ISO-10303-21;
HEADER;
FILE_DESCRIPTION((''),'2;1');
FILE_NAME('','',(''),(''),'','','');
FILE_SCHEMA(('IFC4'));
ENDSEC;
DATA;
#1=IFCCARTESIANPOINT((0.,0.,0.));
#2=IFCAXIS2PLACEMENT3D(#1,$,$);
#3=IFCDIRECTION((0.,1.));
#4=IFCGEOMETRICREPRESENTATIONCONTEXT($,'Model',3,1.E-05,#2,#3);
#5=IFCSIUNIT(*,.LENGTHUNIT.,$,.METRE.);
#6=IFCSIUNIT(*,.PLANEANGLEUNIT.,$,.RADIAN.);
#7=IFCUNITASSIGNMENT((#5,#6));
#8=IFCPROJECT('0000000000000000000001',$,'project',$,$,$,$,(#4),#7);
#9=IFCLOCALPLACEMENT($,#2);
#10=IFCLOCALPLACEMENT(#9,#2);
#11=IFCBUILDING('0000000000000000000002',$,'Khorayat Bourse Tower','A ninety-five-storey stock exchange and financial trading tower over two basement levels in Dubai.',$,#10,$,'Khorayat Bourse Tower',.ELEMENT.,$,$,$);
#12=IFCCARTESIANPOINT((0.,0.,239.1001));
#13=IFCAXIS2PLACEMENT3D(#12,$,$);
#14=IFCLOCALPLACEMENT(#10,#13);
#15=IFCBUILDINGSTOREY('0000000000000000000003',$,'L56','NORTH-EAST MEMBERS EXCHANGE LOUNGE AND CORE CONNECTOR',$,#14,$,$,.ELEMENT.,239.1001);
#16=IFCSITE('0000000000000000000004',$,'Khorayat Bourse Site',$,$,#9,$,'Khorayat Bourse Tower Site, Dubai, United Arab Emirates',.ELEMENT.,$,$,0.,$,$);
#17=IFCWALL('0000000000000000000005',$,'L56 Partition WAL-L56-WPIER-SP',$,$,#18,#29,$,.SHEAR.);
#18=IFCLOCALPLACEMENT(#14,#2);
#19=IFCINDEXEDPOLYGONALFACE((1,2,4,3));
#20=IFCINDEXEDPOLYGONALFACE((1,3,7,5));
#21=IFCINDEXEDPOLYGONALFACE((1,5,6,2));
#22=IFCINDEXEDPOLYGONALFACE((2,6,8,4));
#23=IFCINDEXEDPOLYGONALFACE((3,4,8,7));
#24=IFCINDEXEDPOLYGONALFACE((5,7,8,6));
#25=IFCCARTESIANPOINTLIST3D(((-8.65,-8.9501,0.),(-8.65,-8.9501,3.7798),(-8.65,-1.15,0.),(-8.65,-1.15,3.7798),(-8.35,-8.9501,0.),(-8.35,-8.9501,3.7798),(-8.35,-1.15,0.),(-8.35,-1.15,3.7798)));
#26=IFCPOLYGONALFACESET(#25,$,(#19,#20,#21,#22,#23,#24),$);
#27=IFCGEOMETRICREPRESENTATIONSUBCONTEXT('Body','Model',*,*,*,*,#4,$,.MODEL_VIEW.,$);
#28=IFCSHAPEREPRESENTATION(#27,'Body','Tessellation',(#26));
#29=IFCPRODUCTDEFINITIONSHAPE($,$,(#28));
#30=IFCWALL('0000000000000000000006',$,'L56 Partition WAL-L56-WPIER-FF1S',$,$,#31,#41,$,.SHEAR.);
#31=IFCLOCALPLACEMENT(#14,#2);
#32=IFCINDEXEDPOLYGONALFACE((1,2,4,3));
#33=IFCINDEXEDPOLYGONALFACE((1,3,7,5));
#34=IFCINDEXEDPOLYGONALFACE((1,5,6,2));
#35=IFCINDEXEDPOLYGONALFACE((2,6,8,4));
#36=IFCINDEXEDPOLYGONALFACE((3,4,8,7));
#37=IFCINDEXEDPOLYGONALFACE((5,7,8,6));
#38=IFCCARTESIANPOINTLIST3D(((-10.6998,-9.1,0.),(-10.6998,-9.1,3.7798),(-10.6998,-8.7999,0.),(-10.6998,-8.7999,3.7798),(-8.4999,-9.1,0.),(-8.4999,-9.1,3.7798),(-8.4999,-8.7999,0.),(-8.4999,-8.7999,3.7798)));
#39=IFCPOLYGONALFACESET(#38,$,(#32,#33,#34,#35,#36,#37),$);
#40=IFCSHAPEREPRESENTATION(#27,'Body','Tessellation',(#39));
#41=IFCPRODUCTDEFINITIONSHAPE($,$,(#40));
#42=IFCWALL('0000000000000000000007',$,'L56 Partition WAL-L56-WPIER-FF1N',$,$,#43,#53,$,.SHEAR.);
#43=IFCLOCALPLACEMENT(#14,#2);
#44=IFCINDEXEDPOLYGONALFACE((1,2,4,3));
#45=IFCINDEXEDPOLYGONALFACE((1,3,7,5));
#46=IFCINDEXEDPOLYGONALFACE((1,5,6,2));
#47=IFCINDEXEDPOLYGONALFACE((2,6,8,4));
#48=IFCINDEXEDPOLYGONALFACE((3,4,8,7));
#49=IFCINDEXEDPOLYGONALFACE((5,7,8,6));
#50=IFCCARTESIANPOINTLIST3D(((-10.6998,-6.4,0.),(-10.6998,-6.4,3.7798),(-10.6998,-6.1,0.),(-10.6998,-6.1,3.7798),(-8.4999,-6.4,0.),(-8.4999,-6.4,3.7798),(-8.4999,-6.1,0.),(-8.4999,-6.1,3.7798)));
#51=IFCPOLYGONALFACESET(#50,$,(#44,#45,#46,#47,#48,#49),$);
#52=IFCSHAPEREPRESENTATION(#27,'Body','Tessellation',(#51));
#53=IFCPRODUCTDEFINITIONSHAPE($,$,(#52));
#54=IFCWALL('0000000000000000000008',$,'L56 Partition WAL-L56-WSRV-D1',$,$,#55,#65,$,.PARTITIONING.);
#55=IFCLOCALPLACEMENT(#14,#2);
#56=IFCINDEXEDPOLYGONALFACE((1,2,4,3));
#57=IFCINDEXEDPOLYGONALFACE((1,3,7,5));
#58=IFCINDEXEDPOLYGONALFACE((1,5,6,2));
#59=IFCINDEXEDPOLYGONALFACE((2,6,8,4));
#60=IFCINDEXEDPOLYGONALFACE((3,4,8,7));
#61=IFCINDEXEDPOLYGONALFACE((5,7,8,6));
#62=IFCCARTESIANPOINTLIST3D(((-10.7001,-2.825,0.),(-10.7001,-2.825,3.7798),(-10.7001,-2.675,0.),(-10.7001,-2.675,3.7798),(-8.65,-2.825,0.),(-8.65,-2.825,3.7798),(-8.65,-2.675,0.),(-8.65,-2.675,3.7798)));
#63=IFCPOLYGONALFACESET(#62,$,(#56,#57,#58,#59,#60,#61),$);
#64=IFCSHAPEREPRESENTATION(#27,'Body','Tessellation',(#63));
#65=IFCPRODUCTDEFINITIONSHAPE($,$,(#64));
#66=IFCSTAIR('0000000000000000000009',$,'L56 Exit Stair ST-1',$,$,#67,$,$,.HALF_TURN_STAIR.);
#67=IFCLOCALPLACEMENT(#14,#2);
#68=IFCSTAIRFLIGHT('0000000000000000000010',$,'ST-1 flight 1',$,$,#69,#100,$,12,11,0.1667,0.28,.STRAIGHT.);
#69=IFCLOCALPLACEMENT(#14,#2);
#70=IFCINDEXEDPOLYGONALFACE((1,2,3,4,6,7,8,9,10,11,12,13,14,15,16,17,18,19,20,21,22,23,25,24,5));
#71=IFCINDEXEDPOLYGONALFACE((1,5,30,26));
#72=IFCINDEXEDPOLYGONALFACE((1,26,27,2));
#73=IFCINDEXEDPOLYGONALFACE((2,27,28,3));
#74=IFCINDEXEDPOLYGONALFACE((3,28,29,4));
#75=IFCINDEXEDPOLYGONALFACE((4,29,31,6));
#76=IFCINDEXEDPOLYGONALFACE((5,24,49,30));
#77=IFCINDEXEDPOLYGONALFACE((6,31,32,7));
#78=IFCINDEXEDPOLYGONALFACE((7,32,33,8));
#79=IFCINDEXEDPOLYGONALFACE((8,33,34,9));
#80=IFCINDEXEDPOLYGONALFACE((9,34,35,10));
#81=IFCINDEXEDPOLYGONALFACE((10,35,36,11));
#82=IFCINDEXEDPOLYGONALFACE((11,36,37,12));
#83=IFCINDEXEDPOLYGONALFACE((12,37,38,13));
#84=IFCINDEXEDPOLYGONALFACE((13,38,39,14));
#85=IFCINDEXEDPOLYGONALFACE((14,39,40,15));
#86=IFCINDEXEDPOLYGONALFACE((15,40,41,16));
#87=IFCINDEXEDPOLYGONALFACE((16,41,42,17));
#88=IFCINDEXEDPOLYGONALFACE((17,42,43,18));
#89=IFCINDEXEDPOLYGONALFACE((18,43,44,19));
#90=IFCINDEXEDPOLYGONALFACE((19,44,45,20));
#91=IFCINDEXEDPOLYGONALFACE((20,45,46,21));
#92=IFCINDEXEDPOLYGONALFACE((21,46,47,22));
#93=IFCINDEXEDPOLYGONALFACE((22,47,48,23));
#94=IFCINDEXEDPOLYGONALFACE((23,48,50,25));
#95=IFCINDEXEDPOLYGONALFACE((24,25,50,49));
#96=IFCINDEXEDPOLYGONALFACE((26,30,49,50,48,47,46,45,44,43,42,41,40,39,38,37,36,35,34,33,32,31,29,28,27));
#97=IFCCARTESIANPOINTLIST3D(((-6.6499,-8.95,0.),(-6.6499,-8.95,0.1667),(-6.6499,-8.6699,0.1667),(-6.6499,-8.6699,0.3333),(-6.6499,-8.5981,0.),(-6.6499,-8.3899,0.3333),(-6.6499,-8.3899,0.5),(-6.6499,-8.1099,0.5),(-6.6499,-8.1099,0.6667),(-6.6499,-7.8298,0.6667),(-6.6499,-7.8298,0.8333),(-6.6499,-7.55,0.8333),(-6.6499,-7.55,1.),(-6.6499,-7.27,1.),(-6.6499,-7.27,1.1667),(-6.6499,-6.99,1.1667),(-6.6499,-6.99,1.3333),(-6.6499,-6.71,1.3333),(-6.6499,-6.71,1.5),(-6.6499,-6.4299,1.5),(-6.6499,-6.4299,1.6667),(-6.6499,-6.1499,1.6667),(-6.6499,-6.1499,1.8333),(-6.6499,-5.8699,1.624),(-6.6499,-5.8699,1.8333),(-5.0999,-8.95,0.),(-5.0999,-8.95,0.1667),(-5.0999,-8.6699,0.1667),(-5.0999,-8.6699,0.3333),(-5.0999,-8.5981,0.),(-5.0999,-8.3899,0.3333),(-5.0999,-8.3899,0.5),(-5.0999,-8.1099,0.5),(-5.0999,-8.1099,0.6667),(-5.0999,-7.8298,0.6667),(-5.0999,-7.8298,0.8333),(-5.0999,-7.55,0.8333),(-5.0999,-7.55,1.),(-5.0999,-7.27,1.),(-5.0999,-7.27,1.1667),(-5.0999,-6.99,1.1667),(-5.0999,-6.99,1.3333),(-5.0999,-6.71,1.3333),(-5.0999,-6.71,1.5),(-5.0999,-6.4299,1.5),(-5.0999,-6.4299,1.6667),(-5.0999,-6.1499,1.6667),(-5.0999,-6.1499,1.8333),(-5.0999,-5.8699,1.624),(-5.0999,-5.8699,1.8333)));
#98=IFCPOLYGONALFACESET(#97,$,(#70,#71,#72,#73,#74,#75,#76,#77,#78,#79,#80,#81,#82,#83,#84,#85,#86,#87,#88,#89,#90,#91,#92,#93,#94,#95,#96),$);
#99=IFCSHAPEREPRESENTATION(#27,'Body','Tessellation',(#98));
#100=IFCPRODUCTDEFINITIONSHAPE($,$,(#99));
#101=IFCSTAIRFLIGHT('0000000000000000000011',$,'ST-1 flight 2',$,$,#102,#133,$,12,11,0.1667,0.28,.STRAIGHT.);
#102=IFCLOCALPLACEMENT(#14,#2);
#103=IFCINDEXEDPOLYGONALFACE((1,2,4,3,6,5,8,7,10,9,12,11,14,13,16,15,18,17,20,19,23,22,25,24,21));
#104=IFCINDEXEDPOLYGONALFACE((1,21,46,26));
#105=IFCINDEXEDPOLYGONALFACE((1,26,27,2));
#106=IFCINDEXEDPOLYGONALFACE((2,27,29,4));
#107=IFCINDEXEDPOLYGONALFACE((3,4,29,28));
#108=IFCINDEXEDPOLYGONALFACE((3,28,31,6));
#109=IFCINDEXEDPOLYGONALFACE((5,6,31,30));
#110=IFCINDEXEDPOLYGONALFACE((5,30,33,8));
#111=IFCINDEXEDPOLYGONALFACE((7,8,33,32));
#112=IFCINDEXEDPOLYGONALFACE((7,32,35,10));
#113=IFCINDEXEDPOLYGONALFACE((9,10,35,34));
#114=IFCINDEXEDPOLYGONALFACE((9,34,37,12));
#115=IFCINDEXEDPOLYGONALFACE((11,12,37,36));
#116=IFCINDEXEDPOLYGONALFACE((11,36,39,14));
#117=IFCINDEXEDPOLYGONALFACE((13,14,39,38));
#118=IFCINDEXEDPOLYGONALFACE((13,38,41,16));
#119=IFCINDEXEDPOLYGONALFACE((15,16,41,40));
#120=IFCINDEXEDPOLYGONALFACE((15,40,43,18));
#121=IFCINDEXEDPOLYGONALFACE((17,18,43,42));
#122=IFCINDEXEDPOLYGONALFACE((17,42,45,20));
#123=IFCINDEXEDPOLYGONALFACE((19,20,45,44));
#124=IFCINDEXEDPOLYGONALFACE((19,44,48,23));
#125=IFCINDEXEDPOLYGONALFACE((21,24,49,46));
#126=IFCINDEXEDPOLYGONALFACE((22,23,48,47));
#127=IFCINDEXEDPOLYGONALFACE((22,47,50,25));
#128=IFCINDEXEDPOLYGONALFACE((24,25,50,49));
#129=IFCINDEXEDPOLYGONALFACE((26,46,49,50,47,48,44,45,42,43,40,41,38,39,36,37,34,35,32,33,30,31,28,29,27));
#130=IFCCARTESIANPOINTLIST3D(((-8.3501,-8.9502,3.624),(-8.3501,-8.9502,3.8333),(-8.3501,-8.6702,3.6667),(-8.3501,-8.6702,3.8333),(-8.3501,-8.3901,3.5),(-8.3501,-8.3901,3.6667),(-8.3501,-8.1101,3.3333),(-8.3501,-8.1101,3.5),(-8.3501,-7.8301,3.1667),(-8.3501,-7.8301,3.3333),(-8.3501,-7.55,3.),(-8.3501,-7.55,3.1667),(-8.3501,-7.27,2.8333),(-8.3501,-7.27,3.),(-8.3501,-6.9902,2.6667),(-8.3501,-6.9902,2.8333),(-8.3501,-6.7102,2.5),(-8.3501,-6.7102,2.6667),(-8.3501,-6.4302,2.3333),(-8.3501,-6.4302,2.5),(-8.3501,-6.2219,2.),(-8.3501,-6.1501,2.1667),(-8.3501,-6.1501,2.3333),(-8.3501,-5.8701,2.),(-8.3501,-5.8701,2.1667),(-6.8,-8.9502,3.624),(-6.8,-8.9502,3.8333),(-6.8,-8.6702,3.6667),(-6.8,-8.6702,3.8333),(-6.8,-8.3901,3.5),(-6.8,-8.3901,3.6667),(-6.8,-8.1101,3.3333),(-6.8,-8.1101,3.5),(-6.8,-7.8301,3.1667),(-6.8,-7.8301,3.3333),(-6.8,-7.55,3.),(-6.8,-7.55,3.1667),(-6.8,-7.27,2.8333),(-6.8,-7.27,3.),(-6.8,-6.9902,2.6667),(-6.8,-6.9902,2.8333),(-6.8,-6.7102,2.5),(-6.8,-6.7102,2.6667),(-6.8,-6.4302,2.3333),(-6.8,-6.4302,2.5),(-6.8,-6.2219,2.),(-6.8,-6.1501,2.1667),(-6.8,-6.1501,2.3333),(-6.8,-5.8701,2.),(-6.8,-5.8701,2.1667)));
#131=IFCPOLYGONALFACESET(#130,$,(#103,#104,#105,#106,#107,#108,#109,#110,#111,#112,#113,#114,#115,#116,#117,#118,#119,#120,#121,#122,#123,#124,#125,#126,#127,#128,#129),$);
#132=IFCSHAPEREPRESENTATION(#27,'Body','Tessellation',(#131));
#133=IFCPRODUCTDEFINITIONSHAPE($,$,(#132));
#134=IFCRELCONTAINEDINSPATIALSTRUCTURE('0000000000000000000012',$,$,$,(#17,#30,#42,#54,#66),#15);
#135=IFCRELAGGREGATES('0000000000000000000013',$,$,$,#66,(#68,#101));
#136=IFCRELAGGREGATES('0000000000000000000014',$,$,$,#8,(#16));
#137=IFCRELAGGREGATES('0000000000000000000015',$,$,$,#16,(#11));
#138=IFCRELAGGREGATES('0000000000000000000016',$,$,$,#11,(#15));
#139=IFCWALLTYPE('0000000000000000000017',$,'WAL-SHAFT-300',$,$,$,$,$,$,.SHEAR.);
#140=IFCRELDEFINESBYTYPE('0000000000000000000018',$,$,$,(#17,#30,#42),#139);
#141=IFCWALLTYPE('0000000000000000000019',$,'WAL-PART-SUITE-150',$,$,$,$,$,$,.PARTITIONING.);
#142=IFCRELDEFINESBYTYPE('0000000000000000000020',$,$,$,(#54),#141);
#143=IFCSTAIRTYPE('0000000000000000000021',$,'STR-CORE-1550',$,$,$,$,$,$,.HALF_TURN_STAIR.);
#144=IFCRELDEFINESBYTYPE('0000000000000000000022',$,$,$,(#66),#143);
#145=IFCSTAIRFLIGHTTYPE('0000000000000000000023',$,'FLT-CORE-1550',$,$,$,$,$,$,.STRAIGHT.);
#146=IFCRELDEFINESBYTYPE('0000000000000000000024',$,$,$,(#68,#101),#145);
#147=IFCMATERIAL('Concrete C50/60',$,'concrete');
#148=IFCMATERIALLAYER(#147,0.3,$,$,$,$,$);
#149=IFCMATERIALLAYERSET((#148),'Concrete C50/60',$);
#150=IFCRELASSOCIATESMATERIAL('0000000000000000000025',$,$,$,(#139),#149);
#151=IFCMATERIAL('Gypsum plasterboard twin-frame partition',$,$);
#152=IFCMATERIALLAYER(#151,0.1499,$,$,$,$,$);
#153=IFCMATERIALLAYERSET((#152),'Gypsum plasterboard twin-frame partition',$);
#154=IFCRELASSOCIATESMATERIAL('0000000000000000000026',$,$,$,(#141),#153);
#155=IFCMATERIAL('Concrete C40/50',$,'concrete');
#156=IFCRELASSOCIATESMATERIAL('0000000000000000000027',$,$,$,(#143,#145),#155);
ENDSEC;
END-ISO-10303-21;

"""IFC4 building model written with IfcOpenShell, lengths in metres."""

from ifc_helpers import new_model, si_unit, direction, frame, frame_2d, origin, place, context, subcontext, project, spatial, polyline, rectangle, outline, extrude, source, transform, mapped, material, layer, layer_set, type_object, element, aggregate, save


model = new_model("IFC4")

# Units and contexts
model_context = context("Model", 3, precision=1e-05, world=origin(), true_north=direction((0.0, 1.0)))
body_context = subcontext(model_context, "Body", "Model", "MODEL_VIEW")
ifc_project = project(units=[si_unit("LENGTHUNIT", "METRE"), si_unit("PLANEANGLEUNIT", "RADIAN")], contexts=[model_context])

# Site, building, storey
site_placement = place(None, origin())
site = spatial("IfcSite", under=ifc_project, at=site_placement, Name="Khorayat Bourse Site", LongName="Khorayat Bourse Tower Site, Dubai, United Arab Emirates", CompositionType="ELEMENT", RefElevation=0.0)
building_placement = place(site_placement, origin())
building = spatial("IfcBuilding", under=site, at=building_placement, Name="Khorayat Bourse Tower", Description="A ninety-five-storey stock exchange and financial trading tower over two basement levels in Dubai.", LongName="Khorayat Bourse Tower", CompositionType="ELEMENT")
storey_placement = place(building_placement, frame((0.0, 0.0, 239.1001)))
storey = spatial("IfcBuildingStorey", under=building, at=storey_placement, Name="L56", Description="NORTH-EAST MEMBERS EXCHANGE LOUNGE AND CORE CONNECTOR", CompositionType="ELEMENT", Elevation=239.1001)

# Walls
ifc_material_1 = material(Name="Concrete C50/60", Category="concrete")
ifc_layer_1 = layer(ifc_material_1, 0.3)
ifc_layer_set_1 = layer_set([ifc_layer_1], Name="Concrete C50/60")
wall_type_1 = type_object("IfcWallType", Name="WAL-SHAFT-300", PredefinedType="SHEAR", material=ifc_layer_set_1)
shared_shape_1 = source(origin(), body_context, "Body", "SweptSolid", [
    extrude(rectangle(XDim=7.8, YDim=0.3, at=frame_2d((3.8999, 0.0))), origin(), (0.0, 0.0, 1.0), 3.7798),
])
wall_1_placement = place(storey_placement, frame((-8.5, -8.95, 0.0), z_axis=(0.0, 0.0, 1.0), x_axis=(0.0, 1.0, 0.0)))
element("IfcWall", 1, at=wall_1_placement, inside=storey, type_object=wall_type_1, Name="L56 Partition WAL-L56-WPIER-SP", PredefinedType="SHEAR", context=body_context, shape_type="MappedRepresentation", body=[
    mapped(shared_shape_1, transform((0.0, 0.0, 0.0), scale=1.0)),
])
shared_shape_2 = source(origin(), body_context, "Body", "SweptSolid", [
    extrude(rectangle(XDim=2.2, YDim=0.3, at=frame_2d((1.1001, 0.0))), origin(), (0.0, 0.0, 1.0), 3.7798),
])
for number, where, z_axis, x_axis, name in (
    (2, (-10.7, -8.95, 0.0), (0.0, 0.0, 1.0), (1.0, 0.0, 0.0), "L56 Partition WAL-L56-WPIER-FF1S"),
    (3, (-10.7, -6.25, 0.0), (0.0, 0.0, 1.0), (1.0, 0.0, 0.0), "L56 Partition WAL-L56-WPIER-FF1N"),
):
    element("IfcWall", number, at=place(storey_placement, frame(where, z_axis=z_axis, x_axis=x_axis)), inside=storey, type_object=wall_type_1, Name=name, PredefinedType="SHEAR", context=body_context, shape_type="MappedRepresentation", body=[
        mapped(shared_shape_2, transform((0.0, 0.0, 0.0), scale=1.0)),
    ])
ifc_material_2 = material(Name="Gypsum plasterboard twin-frame partition")
ifc_layer_2 = layer(ifc_material_2, 0.1499)
ifc_layer_set_2 = layer_set([ifc_layer_2], Name="Gypsum plasterboard twin-frame partition")
wall_type_2 = type_object("IfcWallType", Name="WAL-PART-SUITE-150", PredefinedType="PARTITIONING", material=ifc_layer_set_2)
shared_shape_3 = source(origin(), body_context, "Body", "SweptSolid", [
    extrude(rectangle(XDim=2.05, YDim=0.1499, at=frame_2d((1.0249, 0.0))), origin(), (0.0, 0.0, 1.0), 3.7798),
])
wall_2_placement = place(storey_placement, frame((-10.7, -2.75, 0.0), z_axis=(0.0, 0.0, 1.0), x_axis=(1.0, 0.0, 0.0)))
element("IfcWall", 4, at=wall_2_placement, inside=storey, type_object=wall_type_2, Name="L56 Partition WAL-L56-WSRV-D1", PredefinedType="PARTITIONING", context=body_context, shape_type="MappedRepresentation", body=[
    mapped(shared_shape_3, transform((0.0, 0.0, 0.0), scale=1.0)),
])

# Stair, stair flights
ifc_material_3 = material(Name="Concrete C40/50", Category="concrete")
stair_type = type_object("IfcStairType", Name="STR-CORE-1550", PredefinedType="HALF_TURN_STAIR", material=ifc_material_3)
stair_placement = place(storey_placement, origin())
stair = element("IfcStair", 5, at=stair_placement, inside=storey, type_object=stair_type, Name="L56 Exit Stair ST-1", PredefinedType="HALF_TURN_STAIR")
stair_flight_type = type_object("IfcStairFlightType", Name="FLT-CORE-1550", PredefinedType="STRAIGHT", material=ifc_material_3)
shared_shape_4 = source(origin(), body_context, "Body", "SweptSolid", [
    extrude(outline(polyline([(0.0, 0.0), (0.0, 0.1667), (0.28, 0.1667), (0.28, 0.3333), (0.5601, 0.3333), (0.5601, 0.5), (0.8401, 0.5), (0.8401, 0.6667), (1.1201, 0.6667), (1.1201, 0.8333), (1.3999, 0.8333), (1.3999, 1.0), (1.6799, 1.0), (1.6799, 1.1667), (1.96, 1.1667), (1.96, 1.3333), (2.24, 1.3333), (2.24, 1.5), (2.52, 1.5), (2.52, 1.6667), (2.8, 1.6667), (2.8, 1.8333), (3.0801, 1.8333), (3.0801, 2.0), (3.0801, 1.624), (0.3518, 0.0), (0.0, 0.0)])), frame((0.0, 0.7749, 0.0), z_axis=(0.0, -1.0, 0.0), x_axis=(1.0, 0.0, 0.0)), (0.0, 0.0, 1.0), 1.55),
])
stair_flight_1_placement = place(storey_placement, frame((-5.875, -8.95, 0.0), z_axis=(0.0, 0.0, 1.0), x_axis=(0.0, 1.0, 0.0)))
stair_flight_1 = element("IfcStairFlight", 6, at=stair_flight_1_placement, type_object=stair_flight_type, Name="ST-1 flight 1", NumberOfRisers=12, NumberOfTreads=11, PredefinedType="STRAIGHT", RiserHeight=0.1667, TreadLength=0.28, context=body_context, shape_type="MappedRepresentation", body=[
    mapped(shared_shape_4, transform((0.0, 0.0, 0.0), scale=1.0)),
])
stair_flight_2_placement = place(storey_placement, frame((-7.575, -5.8701, 2.0), z_axis=(0.0, 0.0, 1.0), x_axis=(0.0, -1.0, 0.0)))
stair_flight_2 = element("IfcStairFlight", 7, at=stair_flight_2_placement, type_object=stair_flight_type, Name="ST-1 flight 2", NumberOfRisers=12, NumberOfTreads=11, PredefinedType="STRAIGHT", RiserHeight=0.1667, TreadLength=0.28, context=body_context, shape_type="MappedRepresentation", body=[
    mapped(shared_shape_4, transform((0.0, 0.0, 0.0), scale=1.0)),
])
aggregate(stair, [stair_flight_1, stair_flight_2])

save(model, "model.ifc")
